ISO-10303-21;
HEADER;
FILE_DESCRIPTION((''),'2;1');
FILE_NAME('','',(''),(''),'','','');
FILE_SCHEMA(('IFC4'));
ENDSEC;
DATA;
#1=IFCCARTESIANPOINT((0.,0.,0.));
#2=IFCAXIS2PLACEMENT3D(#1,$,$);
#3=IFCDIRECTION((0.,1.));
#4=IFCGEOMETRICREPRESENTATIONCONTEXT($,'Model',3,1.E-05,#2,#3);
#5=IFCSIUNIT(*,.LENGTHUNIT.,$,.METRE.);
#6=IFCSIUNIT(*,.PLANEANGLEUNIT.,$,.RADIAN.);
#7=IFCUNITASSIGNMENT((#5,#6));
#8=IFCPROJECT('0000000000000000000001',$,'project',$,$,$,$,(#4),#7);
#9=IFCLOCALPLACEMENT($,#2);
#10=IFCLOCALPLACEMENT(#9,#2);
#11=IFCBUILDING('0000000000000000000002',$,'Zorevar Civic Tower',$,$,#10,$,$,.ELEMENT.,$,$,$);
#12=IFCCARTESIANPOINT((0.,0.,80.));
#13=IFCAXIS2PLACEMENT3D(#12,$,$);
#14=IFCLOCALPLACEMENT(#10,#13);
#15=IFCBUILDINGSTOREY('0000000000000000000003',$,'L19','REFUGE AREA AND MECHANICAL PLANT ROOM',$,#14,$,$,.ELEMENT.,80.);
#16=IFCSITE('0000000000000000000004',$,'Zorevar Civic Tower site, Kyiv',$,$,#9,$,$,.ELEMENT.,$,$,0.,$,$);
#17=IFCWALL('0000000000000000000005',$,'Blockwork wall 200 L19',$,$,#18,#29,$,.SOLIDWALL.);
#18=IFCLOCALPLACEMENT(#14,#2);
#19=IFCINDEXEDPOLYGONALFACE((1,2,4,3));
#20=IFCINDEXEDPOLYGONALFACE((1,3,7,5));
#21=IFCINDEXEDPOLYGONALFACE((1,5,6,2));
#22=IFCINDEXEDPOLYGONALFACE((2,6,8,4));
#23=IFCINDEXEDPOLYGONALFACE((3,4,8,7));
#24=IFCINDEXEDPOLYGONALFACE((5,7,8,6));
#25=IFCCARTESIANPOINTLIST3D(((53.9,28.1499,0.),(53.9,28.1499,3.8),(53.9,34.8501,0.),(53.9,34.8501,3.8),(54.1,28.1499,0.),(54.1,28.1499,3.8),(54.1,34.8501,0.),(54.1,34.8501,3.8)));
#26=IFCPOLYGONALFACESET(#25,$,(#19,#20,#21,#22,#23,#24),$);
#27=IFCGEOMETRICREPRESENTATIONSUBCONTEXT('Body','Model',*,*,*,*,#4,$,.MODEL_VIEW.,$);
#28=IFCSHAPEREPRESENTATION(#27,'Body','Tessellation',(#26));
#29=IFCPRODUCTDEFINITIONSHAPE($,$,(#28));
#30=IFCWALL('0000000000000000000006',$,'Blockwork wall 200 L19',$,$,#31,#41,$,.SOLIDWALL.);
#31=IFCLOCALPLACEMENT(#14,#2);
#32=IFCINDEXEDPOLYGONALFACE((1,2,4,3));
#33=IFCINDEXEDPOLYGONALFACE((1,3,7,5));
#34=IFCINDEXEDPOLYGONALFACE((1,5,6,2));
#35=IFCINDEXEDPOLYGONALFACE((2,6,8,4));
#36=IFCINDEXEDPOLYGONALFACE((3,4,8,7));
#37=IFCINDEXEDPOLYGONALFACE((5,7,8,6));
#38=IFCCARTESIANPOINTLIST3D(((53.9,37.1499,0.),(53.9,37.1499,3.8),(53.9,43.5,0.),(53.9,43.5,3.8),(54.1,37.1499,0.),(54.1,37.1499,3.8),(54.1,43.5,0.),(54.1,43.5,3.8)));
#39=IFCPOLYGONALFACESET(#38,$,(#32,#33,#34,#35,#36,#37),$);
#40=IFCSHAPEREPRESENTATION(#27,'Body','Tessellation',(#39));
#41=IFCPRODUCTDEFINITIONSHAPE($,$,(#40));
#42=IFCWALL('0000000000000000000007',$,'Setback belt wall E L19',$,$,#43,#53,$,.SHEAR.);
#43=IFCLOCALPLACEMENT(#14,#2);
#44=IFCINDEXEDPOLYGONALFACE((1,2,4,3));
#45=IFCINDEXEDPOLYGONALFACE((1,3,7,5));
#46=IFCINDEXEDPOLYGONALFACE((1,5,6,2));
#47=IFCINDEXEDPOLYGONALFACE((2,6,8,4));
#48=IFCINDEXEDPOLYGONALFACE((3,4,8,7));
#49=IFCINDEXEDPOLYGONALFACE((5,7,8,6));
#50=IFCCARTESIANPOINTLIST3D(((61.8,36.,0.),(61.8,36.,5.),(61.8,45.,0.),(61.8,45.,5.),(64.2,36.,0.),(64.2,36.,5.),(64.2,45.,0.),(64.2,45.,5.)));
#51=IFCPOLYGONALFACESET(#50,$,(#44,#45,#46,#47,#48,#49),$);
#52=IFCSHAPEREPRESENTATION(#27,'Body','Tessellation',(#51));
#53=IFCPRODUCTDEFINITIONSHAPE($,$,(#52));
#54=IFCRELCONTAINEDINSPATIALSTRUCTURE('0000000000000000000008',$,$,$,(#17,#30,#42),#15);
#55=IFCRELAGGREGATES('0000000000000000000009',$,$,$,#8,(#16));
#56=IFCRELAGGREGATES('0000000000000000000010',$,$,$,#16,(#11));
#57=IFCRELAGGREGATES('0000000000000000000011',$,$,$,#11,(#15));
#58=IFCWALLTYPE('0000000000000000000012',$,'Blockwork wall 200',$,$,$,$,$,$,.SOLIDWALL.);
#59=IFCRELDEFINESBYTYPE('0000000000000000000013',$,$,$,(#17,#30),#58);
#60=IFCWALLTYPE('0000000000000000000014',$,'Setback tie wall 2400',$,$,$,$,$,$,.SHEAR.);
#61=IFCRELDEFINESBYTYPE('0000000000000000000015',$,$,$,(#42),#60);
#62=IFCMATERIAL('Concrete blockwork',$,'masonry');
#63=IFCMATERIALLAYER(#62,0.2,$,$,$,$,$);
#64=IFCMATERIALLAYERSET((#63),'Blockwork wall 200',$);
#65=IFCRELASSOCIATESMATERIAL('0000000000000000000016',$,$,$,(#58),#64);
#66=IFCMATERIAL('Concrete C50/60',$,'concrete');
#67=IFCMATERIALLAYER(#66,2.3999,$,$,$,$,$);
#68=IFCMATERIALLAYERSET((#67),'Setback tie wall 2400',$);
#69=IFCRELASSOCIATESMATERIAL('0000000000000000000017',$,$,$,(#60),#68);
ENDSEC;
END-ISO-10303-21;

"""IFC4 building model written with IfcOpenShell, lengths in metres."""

from ifc_helpers import new_model, si_unit, direction, frame, frame_2d, origin, place, context, subcontext, project, spatial, rectangle, extrude, material, layer, layer_set, type_object, element, save


model = new_model("IFC4")

# Units and contexts
model_context = context("Model", 3, precision=1e-05, world=origin(), true_north=direction((0.0, 1.0)))
body_context = subcontext(model_context, "Body", "Model", "MODEL_VIEW")
ifc_project = project(units=[si_unit("LENGTHUNIT", "METRE"), si_unit("PLANEANGLEUNIT", "RADIAN")], contexts=[model_context])

# Site, building, storey
site_placement = place(None, origin())
site = spatial("IfcSite", under=ifc_project, at=site_placement, Name="Zorevar Civic Tower site, Kyiv", CompositionType="ELEMENT", RefElevation=0.0)
building_placement = place(site_placement, origin())
building = spatial("IfcBuilding", under=site, at=building_placement, Name="Zorevar Civic Tower", CompositionType="ELEMENT")
storey_placement = place(building_placement, frame((0.0, 0.0, 80.0)))
storey = spatial("IfcBuildingStorey", under=building, at=storey_placement, Name="L19", Description="REFUGE AREA AND MECHANICAL PLANT ROOM", CompositionType="ELEMENT", Elevation=80.0)

# Walls
ifc_material_1 = material(Name="Concrete blockwork", Category="masonry")
ifc_layer_1 = layer(ifc_material_1, 0.2)
ifc_layer_set_1 = layer_set([ifc_layer_1], Name="Blockwork wall 200")
wall_type_1 = type_object("IfcWallType", Name="Blockwork wall 200", PredefinedType="SOLIDWALL", material=ifc_layer_set_1)
wall_1_placement = place(storey_placement, frame((54.0, 28.1499, 0.0), z_axis=(0.0, 0.0, 1.0), x_axis=(0.0, 1.0, 0.0)))
element("IfcWall", 1, at=wall_1_placement, inside=storey, type_object=wall_type_1, Name="Blockwork wall 200 L19", PredefinedType="SOLIDWALL", context=body_context, shape_type="SweptSolid", body=[
    extrude(rectangle(XDim=6.7002, YDim=0.2, at=frame_2d((3.3501, 0.0))), origin(), (0.0, 0.0, 1.0), 3.8),
])
wall_2_placement = place(storey_placement, frame((54.0, 37.1499, 0.0), z_axis=(0.0, 0.0, 1.0), x_axis=(0.0, 1.0, 0.0)))
element("IfcWall", 2, at=wall_2_placement, inside=storey, type_object=wall_type_1, Name="Blockwork wall 200 L19", PredefinedType="SOLIDWALL", context=body_context, shape_type="SweptSolid", body=[
    extrude(rectangle(XDim=6.3501, YDim=0.2, at=frame_2d((3.175, 0.0))), origin(), (0.0, 0.0, 1.0), 3.8),
])

# Wall
ifc_material_2 = material(Name="Concrete C50/60", Category="concrete")
ifc_layer_2 = layer(ifc_material_2, 2.3999)
ifc_layer_set_2 = layer_set([ifc_layer_2], Name="Setback tie wall 2400")
wall_type_2 = type_object("IfcWallType", Name="Setback tie wall 2400", PredefinedType="SHEAR", material=ifc_layer_set_2)
wall_3_placement = place(storey_placement, frame((63.0, 36.0, 0.0), z_axis=(0.0, 0.0, 1.0), x_axis=(0.0, 1.0, 0.0)))
element("IfcWall", 3, at=wall_3_placement, inside=storey, type_object=wall_type_2, Name="Setback belt wall E L19", PredefinedType="SHEAR", context=body_context, shape_type="SweptSolid", body=[
    extrude(rectangle(XDim=9.0, YDim=2.3999, at=frame_2d((4.5, 0.0))), origin(), (0.0, 0.0, 1.0), 5.0),
])

save(model, "model.ifc")
